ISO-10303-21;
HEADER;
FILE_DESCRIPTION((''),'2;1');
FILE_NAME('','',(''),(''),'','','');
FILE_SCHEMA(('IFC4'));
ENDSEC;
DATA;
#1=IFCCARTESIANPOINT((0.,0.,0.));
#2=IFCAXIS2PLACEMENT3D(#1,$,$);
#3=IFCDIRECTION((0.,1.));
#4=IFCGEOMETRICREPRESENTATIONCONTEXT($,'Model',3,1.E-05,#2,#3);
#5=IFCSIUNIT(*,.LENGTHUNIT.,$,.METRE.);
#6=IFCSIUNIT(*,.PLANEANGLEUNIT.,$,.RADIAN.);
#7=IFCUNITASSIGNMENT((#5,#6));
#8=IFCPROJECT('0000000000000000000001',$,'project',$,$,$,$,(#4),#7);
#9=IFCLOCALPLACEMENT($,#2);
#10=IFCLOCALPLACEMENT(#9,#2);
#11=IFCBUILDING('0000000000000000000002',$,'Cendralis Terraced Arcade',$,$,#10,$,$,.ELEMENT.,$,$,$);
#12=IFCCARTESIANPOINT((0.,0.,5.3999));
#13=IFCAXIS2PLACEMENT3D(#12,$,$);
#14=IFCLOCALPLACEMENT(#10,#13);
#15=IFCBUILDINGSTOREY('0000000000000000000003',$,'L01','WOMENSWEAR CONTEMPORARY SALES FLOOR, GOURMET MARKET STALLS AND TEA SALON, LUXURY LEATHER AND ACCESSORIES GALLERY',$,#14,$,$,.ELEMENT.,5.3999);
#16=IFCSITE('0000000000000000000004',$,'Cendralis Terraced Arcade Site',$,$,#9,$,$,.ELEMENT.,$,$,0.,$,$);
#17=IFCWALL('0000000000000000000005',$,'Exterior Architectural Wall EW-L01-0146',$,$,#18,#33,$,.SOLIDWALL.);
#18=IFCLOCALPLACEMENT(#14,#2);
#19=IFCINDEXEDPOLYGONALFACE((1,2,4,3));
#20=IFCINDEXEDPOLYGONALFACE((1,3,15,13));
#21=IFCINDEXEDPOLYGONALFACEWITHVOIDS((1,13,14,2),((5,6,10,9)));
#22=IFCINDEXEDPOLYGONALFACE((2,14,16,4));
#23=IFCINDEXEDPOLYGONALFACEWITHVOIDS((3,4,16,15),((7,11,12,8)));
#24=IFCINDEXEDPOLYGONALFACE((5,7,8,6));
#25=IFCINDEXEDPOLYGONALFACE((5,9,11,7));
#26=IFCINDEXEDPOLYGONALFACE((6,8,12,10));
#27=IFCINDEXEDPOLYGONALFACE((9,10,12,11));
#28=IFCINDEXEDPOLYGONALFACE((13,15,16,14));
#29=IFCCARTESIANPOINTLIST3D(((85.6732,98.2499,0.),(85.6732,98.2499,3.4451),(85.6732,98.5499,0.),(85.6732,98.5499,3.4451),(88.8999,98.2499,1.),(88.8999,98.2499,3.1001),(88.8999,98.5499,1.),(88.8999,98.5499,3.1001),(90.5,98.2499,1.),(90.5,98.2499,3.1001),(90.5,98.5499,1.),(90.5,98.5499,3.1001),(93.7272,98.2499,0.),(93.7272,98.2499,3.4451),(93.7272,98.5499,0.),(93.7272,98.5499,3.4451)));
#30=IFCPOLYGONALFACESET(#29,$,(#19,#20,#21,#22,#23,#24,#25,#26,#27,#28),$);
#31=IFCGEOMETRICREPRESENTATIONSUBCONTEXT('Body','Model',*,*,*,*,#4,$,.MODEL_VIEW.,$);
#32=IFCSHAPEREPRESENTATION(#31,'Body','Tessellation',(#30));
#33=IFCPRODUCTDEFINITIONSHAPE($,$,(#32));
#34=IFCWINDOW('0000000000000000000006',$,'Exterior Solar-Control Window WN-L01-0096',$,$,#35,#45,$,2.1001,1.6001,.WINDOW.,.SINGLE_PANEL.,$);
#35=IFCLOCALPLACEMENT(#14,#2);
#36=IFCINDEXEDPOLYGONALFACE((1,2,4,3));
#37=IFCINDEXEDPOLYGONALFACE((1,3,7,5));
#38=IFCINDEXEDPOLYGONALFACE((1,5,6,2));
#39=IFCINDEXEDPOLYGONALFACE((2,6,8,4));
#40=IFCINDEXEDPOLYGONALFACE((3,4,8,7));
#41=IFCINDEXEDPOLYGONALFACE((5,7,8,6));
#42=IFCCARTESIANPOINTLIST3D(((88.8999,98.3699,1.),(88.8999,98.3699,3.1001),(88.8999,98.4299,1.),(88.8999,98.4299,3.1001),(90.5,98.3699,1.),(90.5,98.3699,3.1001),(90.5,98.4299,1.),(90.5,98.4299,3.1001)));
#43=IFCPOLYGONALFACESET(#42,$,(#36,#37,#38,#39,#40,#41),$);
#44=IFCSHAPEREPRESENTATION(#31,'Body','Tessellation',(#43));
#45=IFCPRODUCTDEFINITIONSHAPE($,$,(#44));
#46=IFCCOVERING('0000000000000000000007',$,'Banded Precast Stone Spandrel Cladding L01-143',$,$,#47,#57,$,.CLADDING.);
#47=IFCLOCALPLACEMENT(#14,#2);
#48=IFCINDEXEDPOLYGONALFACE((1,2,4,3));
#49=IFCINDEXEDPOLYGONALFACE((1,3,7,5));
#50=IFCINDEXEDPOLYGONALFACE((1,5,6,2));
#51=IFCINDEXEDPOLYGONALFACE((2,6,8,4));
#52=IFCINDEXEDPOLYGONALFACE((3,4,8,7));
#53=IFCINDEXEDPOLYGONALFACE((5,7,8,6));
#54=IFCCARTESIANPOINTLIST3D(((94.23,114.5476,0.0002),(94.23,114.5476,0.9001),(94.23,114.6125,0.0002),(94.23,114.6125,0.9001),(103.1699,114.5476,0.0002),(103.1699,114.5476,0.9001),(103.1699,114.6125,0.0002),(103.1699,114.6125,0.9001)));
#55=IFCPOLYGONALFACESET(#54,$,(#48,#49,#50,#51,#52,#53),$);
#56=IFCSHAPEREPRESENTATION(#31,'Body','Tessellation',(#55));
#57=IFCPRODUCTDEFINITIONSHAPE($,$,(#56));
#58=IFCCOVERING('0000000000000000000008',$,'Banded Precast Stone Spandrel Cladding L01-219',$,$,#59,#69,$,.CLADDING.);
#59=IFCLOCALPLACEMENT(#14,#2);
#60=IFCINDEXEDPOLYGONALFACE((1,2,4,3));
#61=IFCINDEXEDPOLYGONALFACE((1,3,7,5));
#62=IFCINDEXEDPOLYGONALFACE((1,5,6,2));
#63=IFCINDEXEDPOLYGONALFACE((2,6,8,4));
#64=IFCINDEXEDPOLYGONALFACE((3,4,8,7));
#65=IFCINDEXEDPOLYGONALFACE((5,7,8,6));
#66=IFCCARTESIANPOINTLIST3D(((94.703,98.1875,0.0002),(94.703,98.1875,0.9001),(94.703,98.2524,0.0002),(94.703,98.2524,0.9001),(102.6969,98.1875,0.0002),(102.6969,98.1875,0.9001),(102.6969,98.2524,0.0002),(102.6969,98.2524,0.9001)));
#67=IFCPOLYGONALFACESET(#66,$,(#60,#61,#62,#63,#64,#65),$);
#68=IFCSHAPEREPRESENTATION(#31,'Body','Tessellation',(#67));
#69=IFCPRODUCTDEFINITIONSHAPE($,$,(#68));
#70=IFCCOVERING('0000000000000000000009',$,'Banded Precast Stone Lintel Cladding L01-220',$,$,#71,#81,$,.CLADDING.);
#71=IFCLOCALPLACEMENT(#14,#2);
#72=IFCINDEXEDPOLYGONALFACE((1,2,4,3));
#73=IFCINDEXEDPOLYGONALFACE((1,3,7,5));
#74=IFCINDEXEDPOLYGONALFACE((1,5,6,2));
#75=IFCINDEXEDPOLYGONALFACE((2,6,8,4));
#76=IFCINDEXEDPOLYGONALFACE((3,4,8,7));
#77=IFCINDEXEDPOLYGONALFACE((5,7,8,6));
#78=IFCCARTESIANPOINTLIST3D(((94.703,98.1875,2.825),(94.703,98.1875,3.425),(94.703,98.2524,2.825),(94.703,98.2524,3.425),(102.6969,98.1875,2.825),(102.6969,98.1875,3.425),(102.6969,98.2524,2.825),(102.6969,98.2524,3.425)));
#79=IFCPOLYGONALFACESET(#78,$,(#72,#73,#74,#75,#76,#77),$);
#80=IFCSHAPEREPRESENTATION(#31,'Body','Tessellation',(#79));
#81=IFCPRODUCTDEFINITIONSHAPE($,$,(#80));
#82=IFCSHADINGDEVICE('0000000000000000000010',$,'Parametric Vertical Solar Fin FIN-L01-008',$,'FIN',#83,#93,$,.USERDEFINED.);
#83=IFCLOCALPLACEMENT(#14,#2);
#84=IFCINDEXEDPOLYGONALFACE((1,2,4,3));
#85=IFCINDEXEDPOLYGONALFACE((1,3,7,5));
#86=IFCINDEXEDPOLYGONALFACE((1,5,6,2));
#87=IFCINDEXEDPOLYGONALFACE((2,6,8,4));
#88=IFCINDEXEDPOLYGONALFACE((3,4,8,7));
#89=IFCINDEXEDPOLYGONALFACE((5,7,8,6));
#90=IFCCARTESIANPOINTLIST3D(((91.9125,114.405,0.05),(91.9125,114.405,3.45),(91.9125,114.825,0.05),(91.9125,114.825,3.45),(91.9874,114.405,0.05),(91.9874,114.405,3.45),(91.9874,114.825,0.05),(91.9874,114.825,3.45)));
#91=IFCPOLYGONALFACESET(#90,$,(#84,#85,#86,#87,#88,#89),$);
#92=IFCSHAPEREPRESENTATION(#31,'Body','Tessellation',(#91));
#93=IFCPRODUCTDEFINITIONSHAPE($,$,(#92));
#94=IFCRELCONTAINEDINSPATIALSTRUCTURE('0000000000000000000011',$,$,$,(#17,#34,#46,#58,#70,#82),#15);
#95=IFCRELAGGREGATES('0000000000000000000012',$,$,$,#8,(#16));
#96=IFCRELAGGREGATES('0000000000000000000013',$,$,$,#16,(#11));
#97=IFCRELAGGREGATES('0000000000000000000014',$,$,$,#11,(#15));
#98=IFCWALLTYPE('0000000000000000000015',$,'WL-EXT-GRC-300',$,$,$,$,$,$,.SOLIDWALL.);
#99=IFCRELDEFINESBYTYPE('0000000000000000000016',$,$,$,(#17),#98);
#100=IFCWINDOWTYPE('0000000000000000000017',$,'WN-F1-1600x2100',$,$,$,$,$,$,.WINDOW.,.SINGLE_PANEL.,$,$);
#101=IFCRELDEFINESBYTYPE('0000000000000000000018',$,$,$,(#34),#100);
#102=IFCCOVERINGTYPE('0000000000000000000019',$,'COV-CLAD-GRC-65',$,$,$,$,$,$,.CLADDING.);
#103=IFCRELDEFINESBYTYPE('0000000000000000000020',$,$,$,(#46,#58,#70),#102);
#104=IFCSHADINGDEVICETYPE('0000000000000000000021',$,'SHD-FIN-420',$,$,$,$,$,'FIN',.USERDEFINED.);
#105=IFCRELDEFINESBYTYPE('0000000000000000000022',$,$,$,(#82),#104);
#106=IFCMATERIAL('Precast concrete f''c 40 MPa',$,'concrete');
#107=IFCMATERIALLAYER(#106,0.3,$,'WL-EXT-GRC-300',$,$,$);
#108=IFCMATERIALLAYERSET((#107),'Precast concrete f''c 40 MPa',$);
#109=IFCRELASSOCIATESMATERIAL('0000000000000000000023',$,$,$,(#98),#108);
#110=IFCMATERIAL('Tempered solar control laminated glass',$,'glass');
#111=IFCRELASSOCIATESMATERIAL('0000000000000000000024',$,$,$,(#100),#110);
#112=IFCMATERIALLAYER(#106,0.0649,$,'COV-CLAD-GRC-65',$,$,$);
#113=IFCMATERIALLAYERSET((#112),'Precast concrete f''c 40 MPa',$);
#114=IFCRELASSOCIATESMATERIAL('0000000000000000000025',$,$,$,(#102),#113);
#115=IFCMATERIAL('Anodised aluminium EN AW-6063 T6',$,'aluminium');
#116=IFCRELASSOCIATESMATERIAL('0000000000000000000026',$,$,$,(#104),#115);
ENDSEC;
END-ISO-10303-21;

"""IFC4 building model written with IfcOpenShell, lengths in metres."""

from ifc_helpers import new_model, si_unit, direction, frame, frame_2d, origin, origin_2d, place, context, subcontext, project, spatial, rectangle, extrude, material, layer, layer_set, type_object, element, fill, save


model = new_model("IFC4")

# Units and contexts
model_context = context("Model", 3, precision=1e-05, world=origin(), true_north=direction((0.0, 1.0)))
body_context = subcontext(model_context, "Body", "Model", "MODEL_VIEW")
ifc_project = project(units=[si_unit("LENGTHUNIT", "METRE"), si_unit("PLANEANGLEUNIT", "RADIAN")], contexts=[model_context])

# Site, building, storey
site_placement = place(None, origin())
site = spatial("IfcSite", under=ifc_project, at=site_placement, Name="Cendralis Terraced Arcade Site", CompositionType="ELEMENT", RefElevation=0.0)
building_placement = place(site_placement, origin())
building = spatial("IfcBuilding", under=site, at=building_placement, Name="Cendralis Terraced Arcade", CompositionType="ELEMENT")
storey_placement = place(building_placement, frame((0.0, 0.0, 5.3999)))
storey = spatial("IfcBuildingStorey", under=building, at=storey_placement, Name="L01", Description="WOMENSWEAR CONTEMPORARY SALES FLOOR, GOURMET MARKET STALLS AND TEA SALON, LUXURY LEATHER AND ACCESSORIES GALLERY", CompositionType="ELEMENT", Elevation=5.3999)

# Shared definitions
ifc_material_1 = material(Name="Anodised aluminium EN AW-6063 T6", Category="aluminium")
ifc_material_2 = material(Name="Tempered solar control laminated glass", Category="glass")

# Wall, opening, window
ifc_material_3 = material(Name="Precast concrete f'c 40 MPa", Category="concrete")
ifc_layer_1 = layer(ifc_material_3, 0.3, Name="WL-EXT-GRC-300")
ifc_layer_set_1 = layer_set([ifc_layer_1], Name="Precast concrete f'c 40 MPa")
wall_type = type_object("IfcWallType", Name="WL-EXT-GRC-300", PredefinedType="SOLIDWALL", material=ifc_layer_set_1)
wall_1_placement = place(storey_placement, frame((93.7271, 98.3999, 0.0), z_axis=(0.0, 0.0, 1.0), x_axis=(-1.0, 0.0, 0.0)))
wall_1 = element("IfcWall", 1, at=wall_1_placement, inside=storey, type_object=wall_type, Name="Exterior Architectural Wall EW-L01-0146", PredefinedType="SOLIDWALL", context=body_context, shape_type="SweptSolid", body=[
    extrude(rectangle(XDim=8.054, YDim=0.3, at=frame_2d((4.0269, 0.0))), origin(), (0.0, 0.0, 1.0), 3.4451),
])
opening_1_placement = place(wall_1_placement, frame((3.2271, 0.0, 1.0)))
opening_1 = element("IfcOpeningElement", 2, at=opening_1_placement, cuts=wall_1, PredefinedType="OPENING", context=body_context, shape_type="SweptSolid", body=[
    extrude(rectangle(XDim=1.6001, YDim=2.1001, at=frame_2d((0.8, 1.05))), frame((0.0, 0.1621, 0.0), z_axis=(0.0, -1.0, 0.0), x_axis=(1.0, 0.0, 0.0)), (0.0, 0.0, 1.0), 0.324),
])
window_type_1 = type_object("IfcWindowType", Name="WN-F1-1600x2100", PartitioningType="SINGLE_PANEL", PredefinedType="WINDOW", material=ifc_material_2)
window_1_placement = place(opening_1_placement, origin())
window_1 = element("IfcWindow", 3, at=window_1_placement, inside=storey, type_object=window_type_1, Name="Exterior Solar-Control Window WN-L01-0096", OverallHeight=2.1001, OverallWidth=1.6001, PartitioningType="SINGLE_PANEL", PredefinedType="WINDOW", context=body_context, shape_type="SweptSolid", body=[
    extrude(rectangle(XDim=1.6001, YDim=2.1001, at=frame_2d((0.8, 1.05))), frame((0.0, 0.03, 0.0), z_axis=(0.0, -1.0, 0.0), x_axis=(1.0, 0.0, 0.0)), (0.0, 0.0, 1.0), 0.0601),
])
fill(opening_1, window_1)

# Coverings
ifc_layer_2 = layer(ifc_material_3, 0.0649, Name="COV-CLAD-GRC-65")
ifc_layer_set_2 = layer_set([ifc_layer_2], Name="Precast concrete f'c 40 MPa")
covering_type = type_object("IfcCoveringType", Name="COV-CLAD-GRC-65", PredefinedType="CLADDING", material=ifc_layer_set_2)
covering_1_placement = place(storey_placement, frame((98.7, 114.5801, 0.0002), z_axis=(0.0, 0.0, 1.0), x_axis=(1.0, 0.0, 0.0)))
element("IfcCovering", 4, at=covering_1_placement, inside=storey, type_object=covering_type, Name="Banded Precast Stone Spandrel Cladding L01-143", PredefinedType="CLADDING", context=body_context, shape_type="SweptSolid", body=[
    extrude(rectangle(XDim=8.9399, YDim=0.0649, at=origin_2d()), origin(), (0.0, 0.0, 1.0), 0.8999),
])
covering_2_placement = place(storey_placement, frame((98.7, 98.22, 0.0002), z_axis=(0.0, 0.0, 1.0), x_axis=(-1.0, 0.0, 0.0)))
element("IfcCovering", 5, at=covering_2_placement, inside=storey, type_object=covering_type, Name="Banded Precast Stone Spandrel Cladding L01-219", PredefinedType="CLADDING", context=body_context, shape_type="SweptSolid", body=[
    extrude(rectangle(XDim=7.9939, YDim=0.0649, at=origin_2d()), origin(), (0.0, 0.0, 1.0), 0.8999),
])
covering_3_placement = place(storey_placement, frame((98.7, 98.22, 2.825), z_axis=(0.0, 0.0, 1.0), x_axis=(-1.0, 0.0, 0.0)))
element("IfcCovering", 6, at=covering_3_placement, inside=storey, type_object=covering_type, Name="Banded Precast Stone Lintel Cladding L01-220", PredefinedType="CLADDING", context=body_context, shape_type="SweptSolid", body=[
    extrude(rectangle(XDim=7.9939, YDim=0.0649, at=origin_2d()), origin(), (0.0, 0.0, 1.0), 0.6001),
])

# Shading device
shading_device_type = type_object("IfcShadingDeviceType", Name="SHD-FIN-420", ElementType="FIN", PredefinedType="USERDEFINED", material=ifc_material_1)
shading_device_placement = place(storey_placement, frame((91.95, 114.615, 0.05), z_axis=(0.0, 0.0, 1.0), x_axis=(1.0, 0.0, 0.0)))
element("IfcShadingDevice", 7, at=shading_device_placement, inside=storey, type_object=shading_device_type, Name="Parametric Vertical Solar Fin FIN-L01-008", ObjectType="FIN", PredefinedType="USERDEFINED", context=body_context, shape_type="SweptSolid", body=[
    extrude(rectangle(XDim=0.075, YDim=0.4199, at=origin_2d()), origin(), (0.0, 0.0, 1.0), 3.3999),
])

save(model, "model.ifc")
